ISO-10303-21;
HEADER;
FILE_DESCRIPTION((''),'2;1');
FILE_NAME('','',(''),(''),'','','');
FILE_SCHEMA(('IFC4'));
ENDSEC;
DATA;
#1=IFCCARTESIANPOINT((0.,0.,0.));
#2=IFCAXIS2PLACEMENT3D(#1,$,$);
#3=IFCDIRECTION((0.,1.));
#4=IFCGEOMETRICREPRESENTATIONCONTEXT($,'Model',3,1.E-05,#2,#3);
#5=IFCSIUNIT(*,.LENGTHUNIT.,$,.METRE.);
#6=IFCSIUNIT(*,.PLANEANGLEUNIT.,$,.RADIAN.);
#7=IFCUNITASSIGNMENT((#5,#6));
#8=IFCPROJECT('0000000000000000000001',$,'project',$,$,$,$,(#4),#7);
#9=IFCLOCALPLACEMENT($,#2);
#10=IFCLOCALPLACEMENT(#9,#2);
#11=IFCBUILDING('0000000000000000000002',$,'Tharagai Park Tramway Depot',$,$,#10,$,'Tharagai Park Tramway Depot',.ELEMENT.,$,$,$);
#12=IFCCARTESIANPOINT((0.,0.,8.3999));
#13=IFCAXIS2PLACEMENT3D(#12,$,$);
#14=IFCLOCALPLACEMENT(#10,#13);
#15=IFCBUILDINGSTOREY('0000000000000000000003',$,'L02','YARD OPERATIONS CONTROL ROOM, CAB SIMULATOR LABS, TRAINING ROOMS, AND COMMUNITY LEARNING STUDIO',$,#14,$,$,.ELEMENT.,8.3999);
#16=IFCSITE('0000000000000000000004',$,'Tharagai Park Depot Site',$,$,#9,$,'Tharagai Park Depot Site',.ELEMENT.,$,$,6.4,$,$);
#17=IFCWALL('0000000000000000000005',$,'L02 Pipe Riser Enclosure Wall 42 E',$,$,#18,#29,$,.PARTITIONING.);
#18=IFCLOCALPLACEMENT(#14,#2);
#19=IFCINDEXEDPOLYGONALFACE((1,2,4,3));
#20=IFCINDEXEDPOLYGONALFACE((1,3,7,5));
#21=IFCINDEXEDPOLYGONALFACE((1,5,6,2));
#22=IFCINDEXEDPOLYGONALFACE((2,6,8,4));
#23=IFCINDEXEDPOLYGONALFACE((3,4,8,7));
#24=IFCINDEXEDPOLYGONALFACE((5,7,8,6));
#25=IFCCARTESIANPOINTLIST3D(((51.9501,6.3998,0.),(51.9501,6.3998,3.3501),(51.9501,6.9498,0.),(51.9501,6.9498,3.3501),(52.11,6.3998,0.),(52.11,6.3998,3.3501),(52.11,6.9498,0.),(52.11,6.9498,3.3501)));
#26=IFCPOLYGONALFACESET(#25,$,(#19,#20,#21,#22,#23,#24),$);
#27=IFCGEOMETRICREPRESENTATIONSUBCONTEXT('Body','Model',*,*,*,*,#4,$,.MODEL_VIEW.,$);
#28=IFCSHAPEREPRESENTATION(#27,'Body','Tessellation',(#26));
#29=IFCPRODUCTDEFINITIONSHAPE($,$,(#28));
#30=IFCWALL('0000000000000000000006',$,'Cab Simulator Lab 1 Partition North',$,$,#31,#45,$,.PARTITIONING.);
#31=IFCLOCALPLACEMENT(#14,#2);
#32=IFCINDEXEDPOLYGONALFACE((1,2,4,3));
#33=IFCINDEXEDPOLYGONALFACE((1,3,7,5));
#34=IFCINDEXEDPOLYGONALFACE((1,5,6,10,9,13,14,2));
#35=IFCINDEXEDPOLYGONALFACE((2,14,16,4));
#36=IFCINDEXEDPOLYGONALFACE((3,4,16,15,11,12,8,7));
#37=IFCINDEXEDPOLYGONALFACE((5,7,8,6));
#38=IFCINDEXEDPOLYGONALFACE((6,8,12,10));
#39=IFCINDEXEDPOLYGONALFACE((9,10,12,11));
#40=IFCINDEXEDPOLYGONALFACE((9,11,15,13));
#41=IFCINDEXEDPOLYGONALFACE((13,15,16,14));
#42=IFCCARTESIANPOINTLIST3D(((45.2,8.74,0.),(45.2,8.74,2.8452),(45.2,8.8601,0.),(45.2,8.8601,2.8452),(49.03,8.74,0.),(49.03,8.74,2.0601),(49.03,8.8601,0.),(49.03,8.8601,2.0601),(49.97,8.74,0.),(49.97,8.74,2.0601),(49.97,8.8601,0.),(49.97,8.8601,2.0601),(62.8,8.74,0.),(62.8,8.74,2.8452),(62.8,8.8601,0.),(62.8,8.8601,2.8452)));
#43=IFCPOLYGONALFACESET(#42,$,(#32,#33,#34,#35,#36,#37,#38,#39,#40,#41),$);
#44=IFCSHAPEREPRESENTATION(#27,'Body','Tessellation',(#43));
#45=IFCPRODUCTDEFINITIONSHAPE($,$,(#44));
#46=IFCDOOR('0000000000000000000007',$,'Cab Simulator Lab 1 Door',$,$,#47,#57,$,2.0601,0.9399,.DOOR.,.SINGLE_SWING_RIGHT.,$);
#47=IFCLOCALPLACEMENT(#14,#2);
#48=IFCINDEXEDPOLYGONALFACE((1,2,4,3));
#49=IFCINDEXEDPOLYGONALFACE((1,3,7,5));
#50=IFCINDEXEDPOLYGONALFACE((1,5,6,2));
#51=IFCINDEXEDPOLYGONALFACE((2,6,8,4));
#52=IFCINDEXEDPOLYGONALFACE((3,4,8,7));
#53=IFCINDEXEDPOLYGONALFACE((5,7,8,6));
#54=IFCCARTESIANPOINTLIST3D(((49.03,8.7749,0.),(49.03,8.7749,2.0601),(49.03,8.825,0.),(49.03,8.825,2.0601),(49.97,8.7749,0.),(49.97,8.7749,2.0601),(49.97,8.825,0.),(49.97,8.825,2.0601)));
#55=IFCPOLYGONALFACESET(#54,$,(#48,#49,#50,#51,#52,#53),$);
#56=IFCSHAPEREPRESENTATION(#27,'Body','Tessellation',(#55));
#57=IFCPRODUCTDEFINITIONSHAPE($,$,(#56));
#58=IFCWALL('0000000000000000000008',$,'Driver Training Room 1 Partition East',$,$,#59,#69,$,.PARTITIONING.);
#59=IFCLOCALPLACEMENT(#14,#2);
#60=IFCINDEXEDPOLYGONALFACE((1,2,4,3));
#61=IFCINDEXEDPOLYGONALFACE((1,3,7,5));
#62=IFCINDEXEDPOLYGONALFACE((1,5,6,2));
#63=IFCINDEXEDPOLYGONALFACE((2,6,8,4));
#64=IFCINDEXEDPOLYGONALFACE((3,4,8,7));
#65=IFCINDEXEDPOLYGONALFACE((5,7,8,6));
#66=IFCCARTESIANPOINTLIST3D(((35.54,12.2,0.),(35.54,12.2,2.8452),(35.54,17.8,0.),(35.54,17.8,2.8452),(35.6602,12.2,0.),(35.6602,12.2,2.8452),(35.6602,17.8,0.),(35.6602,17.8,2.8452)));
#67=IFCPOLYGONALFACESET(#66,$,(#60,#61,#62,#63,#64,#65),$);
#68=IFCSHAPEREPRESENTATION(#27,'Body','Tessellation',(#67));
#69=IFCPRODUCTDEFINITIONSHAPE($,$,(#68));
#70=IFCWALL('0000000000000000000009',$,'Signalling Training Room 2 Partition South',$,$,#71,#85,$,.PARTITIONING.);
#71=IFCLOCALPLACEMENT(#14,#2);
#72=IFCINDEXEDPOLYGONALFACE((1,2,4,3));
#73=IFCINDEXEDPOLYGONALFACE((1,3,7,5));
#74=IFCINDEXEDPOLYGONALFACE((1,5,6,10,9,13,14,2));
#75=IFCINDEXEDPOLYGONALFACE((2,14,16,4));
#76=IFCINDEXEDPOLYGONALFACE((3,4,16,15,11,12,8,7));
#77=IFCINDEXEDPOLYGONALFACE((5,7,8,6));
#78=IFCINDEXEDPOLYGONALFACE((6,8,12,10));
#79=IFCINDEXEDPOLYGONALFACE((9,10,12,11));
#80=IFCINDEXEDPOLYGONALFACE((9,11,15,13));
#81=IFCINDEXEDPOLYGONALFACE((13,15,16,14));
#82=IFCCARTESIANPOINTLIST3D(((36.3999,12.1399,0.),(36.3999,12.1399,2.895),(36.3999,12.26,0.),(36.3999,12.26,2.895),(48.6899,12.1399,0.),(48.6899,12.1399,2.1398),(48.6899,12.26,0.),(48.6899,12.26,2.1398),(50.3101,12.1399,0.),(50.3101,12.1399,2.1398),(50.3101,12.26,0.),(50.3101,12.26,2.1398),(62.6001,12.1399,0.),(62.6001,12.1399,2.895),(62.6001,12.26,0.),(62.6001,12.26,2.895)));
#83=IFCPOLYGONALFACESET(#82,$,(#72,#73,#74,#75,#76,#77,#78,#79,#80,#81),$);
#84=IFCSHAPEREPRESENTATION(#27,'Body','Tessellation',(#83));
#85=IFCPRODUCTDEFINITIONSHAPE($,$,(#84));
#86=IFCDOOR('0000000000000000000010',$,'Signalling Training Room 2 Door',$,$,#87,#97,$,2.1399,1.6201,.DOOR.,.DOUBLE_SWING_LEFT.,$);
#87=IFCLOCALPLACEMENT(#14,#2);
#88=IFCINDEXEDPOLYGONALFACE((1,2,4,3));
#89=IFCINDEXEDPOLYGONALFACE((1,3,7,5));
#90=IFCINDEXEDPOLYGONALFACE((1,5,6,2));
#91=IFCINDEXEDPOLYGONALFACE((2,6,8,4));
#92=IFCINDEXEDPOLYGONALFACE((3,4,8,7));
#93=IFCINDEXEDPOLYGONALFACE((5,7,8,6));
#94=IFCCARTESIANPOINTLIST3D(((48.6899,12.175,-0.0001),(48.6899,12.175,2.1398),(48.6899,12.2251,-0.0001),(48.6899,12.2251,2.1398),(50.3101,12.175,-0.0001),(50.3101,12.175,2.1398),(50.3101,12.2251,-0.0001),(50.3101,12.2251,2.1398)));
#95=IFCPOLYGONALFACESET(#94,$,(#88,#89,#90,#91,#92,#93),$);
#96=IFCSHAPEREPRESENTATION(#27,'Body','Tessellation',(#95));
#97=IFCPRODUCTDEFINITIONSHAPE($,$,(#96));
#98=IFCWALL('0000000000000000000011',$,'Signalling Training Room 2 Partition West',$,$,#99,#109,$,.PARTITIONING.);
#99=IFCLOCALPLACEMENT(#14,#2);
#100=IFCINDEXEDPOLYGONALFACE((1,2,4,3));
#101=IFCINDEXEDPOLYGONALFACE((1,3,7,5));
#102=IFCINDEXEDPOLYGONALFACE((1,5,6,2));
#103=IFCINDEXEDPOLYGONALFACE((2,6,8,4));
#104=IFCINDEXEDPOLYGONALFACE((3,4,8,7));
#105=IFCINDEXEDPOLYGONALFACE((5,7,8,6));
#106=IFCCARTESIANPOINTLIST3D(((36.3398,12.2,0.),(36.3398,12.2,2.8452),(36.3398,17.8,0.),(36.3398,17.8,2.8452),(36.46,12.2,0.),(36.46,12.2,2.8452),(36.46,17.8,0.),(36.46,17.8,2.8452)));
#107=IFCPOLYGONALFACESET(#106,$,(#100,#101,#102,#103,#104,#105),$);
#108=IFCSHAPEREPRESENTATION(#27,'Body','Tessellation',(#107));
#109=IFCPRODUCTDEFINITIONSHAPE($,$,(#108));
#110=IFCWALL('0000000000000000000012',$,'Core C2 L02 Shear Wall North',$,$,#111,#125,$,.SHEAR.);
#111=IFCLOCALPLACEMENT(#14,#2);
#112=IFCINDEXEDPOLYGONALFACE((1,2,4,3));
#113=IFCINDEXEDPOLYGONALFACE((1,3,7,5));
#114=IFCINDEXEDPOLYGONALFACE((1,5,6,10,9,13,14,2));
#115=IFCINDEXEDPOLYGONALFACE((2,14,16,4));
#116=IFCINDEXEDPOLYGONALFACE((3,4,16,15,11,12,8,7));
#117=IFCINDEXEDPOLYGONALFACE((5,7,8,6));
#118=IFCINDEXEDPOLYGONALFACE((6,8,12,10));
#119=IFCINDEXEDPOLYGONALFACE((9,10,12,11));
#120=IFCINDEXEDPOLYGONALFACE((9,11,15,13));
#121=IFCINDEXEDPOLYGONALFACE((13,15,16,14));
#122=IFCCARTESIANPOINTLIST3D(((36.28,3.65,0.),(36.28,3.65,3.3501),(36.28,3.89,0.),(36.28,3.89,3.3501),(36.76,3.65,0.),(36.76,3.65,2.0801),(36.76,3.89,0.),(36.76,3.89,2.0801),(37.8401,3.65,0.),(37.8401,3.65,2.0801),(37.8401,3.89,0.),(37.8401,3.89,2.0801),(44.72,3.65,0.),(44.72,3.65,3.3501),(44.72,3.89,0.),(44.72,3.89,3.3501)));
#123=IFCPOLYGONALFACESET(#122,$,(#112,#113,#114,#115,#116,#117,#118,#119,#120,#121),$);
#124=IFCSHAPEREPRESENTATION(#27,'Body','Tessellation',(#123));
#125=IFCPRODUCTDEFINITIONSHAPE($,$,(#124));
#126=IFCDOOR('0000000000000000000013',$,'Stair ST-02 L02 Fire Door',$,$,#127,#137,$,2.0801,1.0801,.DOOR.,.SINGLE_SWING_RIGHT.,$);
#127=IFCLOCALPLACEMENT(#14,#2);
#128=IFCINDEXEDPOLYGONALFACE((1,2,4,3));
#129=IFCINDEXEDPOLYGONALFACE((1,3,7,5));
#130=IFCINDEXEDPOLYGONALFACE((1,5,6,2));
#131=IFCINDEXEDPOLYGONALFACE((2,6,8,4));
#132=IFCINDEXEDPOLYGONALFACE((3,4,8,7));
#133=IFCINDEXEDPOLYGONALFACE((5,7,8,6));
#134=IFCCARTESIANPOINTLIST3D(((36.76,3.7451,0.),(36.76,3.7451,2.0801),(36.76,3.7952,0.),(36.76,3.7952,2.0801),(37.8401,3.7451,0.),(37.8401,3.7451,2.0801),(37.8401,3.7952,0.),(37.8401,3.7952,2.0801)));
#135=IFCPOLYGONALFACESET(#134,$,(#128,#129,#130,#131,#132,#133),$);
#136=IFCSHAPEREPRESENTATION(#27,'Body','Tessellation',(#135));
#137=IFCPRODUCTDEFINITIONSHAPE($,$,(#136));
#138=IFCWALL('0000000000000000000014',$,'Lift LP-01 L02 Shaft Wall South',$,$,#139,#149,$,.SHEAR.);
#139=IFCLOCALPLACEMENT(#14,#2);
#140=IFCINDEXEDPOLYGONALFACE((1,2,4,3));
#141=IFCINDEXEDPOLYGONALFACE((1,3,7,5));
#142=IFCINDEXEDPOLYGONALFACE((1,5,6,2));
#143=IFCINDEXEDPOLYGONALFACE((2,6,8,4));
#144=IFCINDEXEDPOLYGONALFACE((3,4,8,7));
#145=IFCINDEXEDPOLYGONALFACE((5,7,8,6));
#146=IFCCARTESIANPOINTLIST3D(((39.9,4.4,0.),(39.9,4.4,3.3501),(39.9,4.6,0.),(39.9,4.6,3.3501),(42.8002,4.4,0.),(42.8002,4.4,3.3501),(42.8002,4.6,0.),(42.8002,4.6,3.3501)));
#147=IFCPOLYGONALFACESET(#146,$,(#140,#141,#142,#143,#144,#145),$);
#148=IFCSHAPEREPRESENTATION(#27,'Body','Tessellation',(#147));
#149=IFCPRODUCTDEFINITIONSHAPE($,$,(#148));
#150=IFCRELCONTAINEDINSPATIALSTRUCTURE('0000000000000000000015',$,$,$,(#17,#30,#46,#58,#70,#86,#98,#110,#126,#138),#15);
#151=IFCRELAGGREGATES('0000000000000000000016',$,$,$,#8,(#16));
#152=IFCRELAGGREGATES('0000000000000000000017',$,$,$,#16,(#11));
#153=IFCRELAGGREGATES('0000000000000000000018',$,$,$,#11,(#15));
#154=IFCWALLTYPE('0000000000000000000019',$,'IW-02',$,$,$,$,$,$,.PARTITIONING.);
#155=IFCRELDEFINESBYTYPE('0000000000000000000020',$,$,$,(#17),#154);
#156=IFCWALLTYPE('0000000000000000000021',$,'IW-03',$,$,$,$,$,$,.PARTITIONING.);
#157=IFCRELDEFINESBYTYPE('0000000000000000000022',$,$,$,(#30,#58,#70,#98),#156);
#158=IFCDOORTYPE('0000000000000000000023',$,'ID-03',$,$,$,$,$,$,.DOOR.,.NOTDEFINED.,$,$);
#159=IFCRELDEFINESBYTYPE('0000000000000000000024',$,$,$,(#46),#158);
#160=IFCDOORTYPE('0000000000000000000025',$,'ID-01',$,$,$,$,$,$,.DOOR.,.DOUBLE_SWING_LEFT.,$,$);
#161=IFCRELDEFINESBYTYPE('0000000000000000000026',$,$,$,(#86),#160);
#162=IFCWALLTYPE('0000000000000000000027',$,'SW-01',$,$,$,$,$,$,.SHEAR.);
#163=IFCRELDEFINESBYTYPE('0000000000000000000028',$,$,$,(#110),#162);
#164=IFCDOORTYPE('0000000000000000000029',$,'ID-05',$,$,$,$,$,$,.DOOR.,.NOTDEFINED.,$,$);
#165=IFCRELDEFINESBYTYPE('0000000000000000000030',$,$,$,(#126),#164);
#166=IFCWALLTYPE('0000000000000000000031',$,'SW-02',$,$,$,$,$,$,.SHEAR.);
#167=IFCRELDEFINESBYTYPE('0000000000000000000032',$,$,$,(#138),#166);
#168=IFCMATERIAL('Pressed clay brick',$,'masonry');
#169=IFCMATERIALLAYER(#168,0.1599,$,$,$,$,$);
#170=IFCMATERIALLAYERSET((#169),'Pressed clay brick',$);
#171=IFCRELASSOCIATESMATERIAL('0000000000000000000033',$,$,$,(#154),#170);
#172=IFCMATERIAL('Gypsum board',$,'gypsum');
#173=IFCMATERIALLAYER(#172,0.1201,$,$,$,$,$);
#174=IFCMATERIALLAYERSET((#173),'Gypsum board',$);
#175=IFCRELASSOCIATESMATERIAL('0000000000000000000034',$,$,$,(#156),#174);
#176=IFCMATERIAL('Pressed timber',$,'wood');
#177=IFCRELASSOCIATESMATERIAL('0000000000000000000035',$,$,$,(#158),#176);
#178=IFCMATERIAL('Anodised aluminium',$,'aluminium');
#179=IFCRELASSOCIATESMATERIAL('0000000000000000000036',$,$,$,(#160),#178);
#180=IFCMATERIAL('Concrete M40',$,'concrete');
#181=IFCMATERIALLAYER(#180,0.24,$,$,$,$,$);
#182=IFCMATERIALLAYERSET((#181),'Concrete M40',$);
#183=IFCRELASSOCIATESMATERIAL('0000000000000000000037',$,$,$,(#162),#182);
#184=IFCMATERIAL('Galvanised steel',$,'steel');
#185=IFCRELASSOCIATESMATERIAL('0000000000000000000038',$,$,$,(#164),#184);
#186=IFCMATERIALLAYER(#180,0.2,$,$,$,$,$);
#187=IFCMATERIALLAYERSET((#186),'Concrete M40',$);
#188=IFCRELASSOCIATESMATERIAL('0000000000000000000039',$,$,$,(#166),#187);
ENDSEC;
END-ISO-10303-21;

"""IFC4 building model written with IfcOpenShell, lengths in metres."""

from ifc_helpers import new_model, si_unit, direction, frame, frame_2d, origin, place, context, subcontext, project, spatial, rectangle, extrude, material, layer, layer_set, type_object, element, fill, save


model = new_model("IFC4")

# Units and contexts
model_context = context("Model", 3, precision=1e-05, world=origin(), true_north=direction((0.0, 1.0)))
body_context = subcontext(model_context, "Body", "Model", "MODEL_VIEW")
ifc_project = project(units=[si_unit("LENGTHUNIT", "METRE"), si_unit("PLANEANGLEUNIT", "RADIAN")], contexts=[model_context])

# Site, building, storey
site_placement = place(None, origin())
site = spatial("IfcSite", under=ifc_project, at=site_placement, Name="Tharagai Park Depot Site", LongName="Tharagai Park Depot Site", CompositionType="ELEMENT", RefElevation=6.4)
building_placement = place(site_placement, origin())
building = spatial("IfcBuilding", under=site, at=building_placement, Name="Tharagai Park Tramway Depot", LongName="Tharagai Park Tramway Depot", CompositionType="ELEMENT")
storey_placement = place(building_placement, frame((0.0, 0.0, 8.3999)))
storey = spatial("IfcBuildingStorey", under=building, at=storey_placement, Name="L02", Description="YARD OPERATIONS CONTROL ROOM, CAB SIMULATOR LABS, TRAINING ROOMS, AND COMMUNITY LEARNING STUDIO", CompositionType="ELEMENT", Elevation=8.3999)

# Shared definitions
ifc_material_1 = material(Name="Concrete M40", Category="concrete")

# Wall
ifc_material_2 = material(Name="Pressed clay brick", Category="masonry")
ifc_layer_1 = layer(ifc_material_2, 0.1599)
ifc_layer_set_1 = layer_set([ifc_layer_1], Name="Pressed clay brick")
wall_type_1 = type_object("IfcWallType", Name="IW-02", PredefinedType="PARTITIONING", material=ifc_layer_set_1)
for number, where, z_axis, x_axis, name in (
    (1, (52.03, 6.3999, 0.0), (0.0, 0.0, 1.0), (0.0, 1.0, 0.0), "L02 Pipe Riser Enclosure Wall 42 E"),
):
    element("IfcWall", number, at=place(storey_placement, frame(where, z_axis=z_axis, x_axis=x_axis)), inside=storey, type_object=wall_type_1, Name=name, PredefinedType="PARTITIONING", context=body_context, shape_type="SweptSolid", body=[
        extrude(rectangle(XDim=0.55, YDim=0.1599, at=frame_2d((0.2749, 0.0))), origin(), (0.0, 0.0, 1.0), 3.3501),
    ])

# Wall, opening, door
ifc_material_3 = material(Name="Gypsum board", Category="gypsum")
ifc_layer_2 = layer(ifc_material_3, 0.1201)
ifc_layer_set_2 = layer_set([ifc_layer_2], Name="Gypsum board")
wall_type_2 = type_object("IfcWallType", Name="IW-03", PredefinedType="PARTITIONING", material=ifc_layer_set_2)
wall_1_placement = place(storey_placement, frame((45.2, 8.8, 0.0), z_axis=(0.0, 0.0, 1.0), x_axis=(1.0, 0.0, 0.0)))
wall_1 = element("IfcWall", 2, at=wall_1_placement, inside=storey, type_object=wall_type_2, Name="Cab Simulator Lab 1 Partition North", PredefinedType="PARTITIONING", context=body_context, shape_type="SweptSolid", body=[
    extrude(rectangle(XDim=17.6001, YDim=0.1201, at=frame_2d((8.8, 0.0))), origin(), (0.0, 0.0, 1.0), 2.8452),
])
opening_1_placement = place(wall_1_placement, frame((3.8301, 0.0, 0.0)))
opening_1 = element("IfcOpeningElement", 3, at=opening_1_placement, cuts=wall_1, PredefinedType="OPENING", context=body_context, shape_type="SweptSolid", body=[
    extrude(rectangle(XDim=0.9399, YDim=2.0601, at=frame_2d((0.47, 1.03))), frame((0.0, 0.0701, 0.0), z_axis=(0.0, -1.0, 0.0), x_axis=(1.0, 0.0, 0.0)), (0.0, 0.0, 1.0), 0.1401),
])
ifc_material_4 = material(Name="Pressed timber", Category="wood")
door_type_1 = type_object("IfcDoorType", Name="ID-03", OperationType="NOTDEFINED", PredefinedType="DOOR", material=ifc_material_4)
door_1_placement = place(opening_1_placement, origin())
door_1 = element("IfcDoor", 4, at=door_1_placement, inside=storey, type_object=door_type_1, Name="Cab Simulator Lab 1 Door", OperationType="SINGLE_SWING_RIGHT", OverallHeight=2.0601, OverallWidth=0.9399, PredefinedType="DOOR", context=body_context, shape_type="SweptSolid", body=[
    extrude(rectangle(XDim=0.9399, YDim=2.0601, at=frame_2d((0.47, 1.03))), frame((0.0, 0.0249, 0.0), z_axis=(0.0, -1.0, 0.0), x_axis=(1.0, 0.0, 0.0)), (0.0, 0.0, 1.0), 0.05),
])
fill(opening_1, door_1)

# Wall
wall_2_placement = place(storey_placement, frame((35.6001, 12.2, 0.0), z_axis=(0.0, 0.0, 1.0), x_axis=(0.0, 1.0, 0.0)))
element("IfcWall", 5, at=wall_2_placement, inside=storey, type_object=wall_type_2, Name="Driver Training Room 1 Partition East", PredefinedType="PARTITIONING", context=body_context, shape_type="SweptSolid", body=[
    extrude(rectangle(XDim=5.6001, YDim=0.1201, at=frame_2d((2.8, 0.0))), origin(), (0.0, 0.0, 1.0), 2.8452),
])

# Wall, opening, door
wall_3_placement = place(storey_placement, frame((36.3999, 12.2, 0.0), z_axis=(0.0, 0.0, 1.0), x_axis=(1.0, 0.0, 0.0)))
wall_3 = element("IfcWall", 6, at=wall_3_placement, inside=storey, type_object=wall_type_2, Name="Signalling Training Room 2 Partition South", PredefinedType="PARTITIONING", context=body_context, shape_type="SweptSolid", body=[
    extrude(rectangle(XDim=26.2002, YDim=0.1201, at=frame_2d((13.1001, 0.0))), origin(), (0.0, 0.0, 1.0), 2.895),
])
opening_2_placement = place(wall_3_placement, frame((12.29, 0.0, 0.0)))
opening_2 = element("IfcOpeningElement", 7, at=opening_2_placement, cuts=wall_3, PredefinedType="OPENING", context=body_context, shape_type="SweptSolid", body=[
    extrude(rectangle(XDim=1.6201, YDim=2.1399, at=frame_2d((0.8101, 1.0698))), frame((0.0, 0.0701, 0.0), z_axis=(0.0, -1.0, 0.0), x_axis=(1.0, 0.0, 0.0)), (0.0, 0.0, 1.0), 0.1401),
])
ifc_material_5 = material(Name="Anodised aluminium", Category="aluminium")
door_type_2 = type_object("IfcDoorType", Name="ID-01", OperationType="DOUBLE_SWING_LEFT", PredefinedType="DOOR", material=ifc_material_5)
door_2_placement = place(opening_2_placement, frame((1.6201, 0.0, 0.0), z_axis=(0.0, 0.0, 1.0), x_axis=(-1.0, 0.0, 0.0)))
door_2 = element("IfcDoor", 8, at=door_2_placement, inside=storey, type_object=door_type_2, Name="Signalling Training Room 2 Door", OperationType="DOUBLE_SWING_LEFT", OverallHeight=2.1399, OverallWidth=1.6201, PredefinedType="DOOR", context=body_context, shape_type="SweptSolid", body=[
    extrude(rectangle(XDim=1.6201, YDim=2.1399, at=frame_2d((0.8101, 1.0698))), frame((0.0, 0.0249, 0.0), z_axis=(0.0, -1.0, 0.0), x_axis=(1.0, 0.0, 0.0)), (0.0, 0.0, 1.0), 0.05),
])
fill(opening_2, door_2)

# Wall
wall_4_placement = place(storey_placement, frame((36.3999, 12.2, 0.0), z_axis=(0.0, 0.0, 1.0), x_axis=(0.0, 1.0, 0.0)))
element("IfcWall", 9, at=wall_4_placement, inside=storey, type_object=wall_type_2, Name="Signalling Training Room 2 Partition West", PredefinedType="PARTITIONING", context=body_context, shape_type="SweptSolid", body=[
    extrude(rectangle(XDim=5.6001, YDim=0.1201, at=frame_2d((2.8, 0.0))), origin(), (0.0, 0.0, 1.0), 2.8452),
])

# Wall, opening, door
ifc_layer_3 = layer(ifc_material_1, 0.24)
ifc_layer_set_3 = layer_set([ifc_layer_3], Name="Concrete M40")
wall_type_3 = type_object("IfcWallType", Name="SW-01", PredefinedType="SHEAR", material=ifc_layer_set_3)
wall_5_placement = place(storey_placement, frame((36.28, 3.77, 0.0), z_axis=(0.0, 0.0, 1.0), x_axis=(1.0, 0.0, 0.0)))
wall_5 = element("IfcWall", 10, at=wall_5_placement, inside=storey, type_object=wall_type_3, Name="Core C2 L02 Shear Wall North", PredefinedType="SHEAR", context=body_context, shape_type="SweptSolid", body=[
    extrude(rectangle(XDim=8.4399, YDim=0.24, at=frame_2d((4.22, 0.0))), origin(), (0.0, 0.0, 1.0), 3.3501),
])
opening_3_placement = place(wall_5_placement, frame((0.48, 0.0, 0.0)))
opening_3 = element("IfcOpeningElement", 11, at=opening_3_placement, cuts=wall_5, PredefinedType="OPENING", context=body_context, shape_type="SweptSolid", body=[
    extrude(rectangle(XDim=1.0801, YDim=2.0801, at=frame_2d((0.54, 1.04))), frame((0.0, 0.1299, 0.0), z_axis=(0.0, -1.0, 0.0), x_axis=(1.0, 0.0, 0.0)), (0.0, 0.0, 1.0), 0.26),
])
ifc_material_6 = material(Name="Galvanised steel", Category="steel")
door_type_3 = type_object("IfcDoorType", Name="ID-05", OperationType="NOTDEFINED", PredefinedType="DOOR", material=ifc_material_6)
door_3_placement = place(opening_3_placement, frame((1.0801, 0.0, 0.0), z_axis=(0.0, 0.0, 1.0), x_axis=(-1.0, 0.0, 0.0)))
door_3 = element("IfcDoor", 12, at=door_3_placement, inside=storey, type_object=door_type_3, Name="Stair ST-02 L02 Fire Door", OperationType="SINGLE_SWING_RIGHT", OverallHeight=2.0801, OverallWidth=1.0801, PredefinedType="DOOR", context=body_context, shape_type="SweptSolid", body=[
    extrude(rectangle(XDim=1.0801, YDim=2.0801, at=frame_2d((0.54, 1.04))), frame((0.0, 0.0249, 0.0), z_axis=(0.0, -1.0, 0.0), x_axis=(1.0, 0.0, 0.0)), (0.0, 0.0, 1.0), 0.05),
])
fill(opening_3, door_3)

# Wall
ifc_layer_4 = layer(ifc_material_1, 0.2)
ifc_layer_set_4 = layer_set([ifc_layer_4], Name="Concrete M40")
wall_type_4 = type_object("IfcWallType", Name="SW-02", PredefinedType="SHEAR", material=ifc_layer_set_4)
wall_6_placement = place(storey_placement, frame((39.8999, 4.5, 0.0), z_axis=(0.0, 0.0, 1.0), x_axis=(1.0, 0.0, 0.0)))
element("IfcWall", 13, at=wall_6_placement, inside=storey, type_object=wall_type_4, Name="Lift LP-01 L02 Shaft Wall South", PredefinedType="SHEAR", context=body_context, shape_type="SweptSolid", body=[
    extrude(rectangle(XDim=2.9001, YDim=0.2, at=frame_2d((1.4502, 0.0))), origin(), (0.0, 0.0, 1.0), 3.3501),
])

save(model, "model.ifc")
